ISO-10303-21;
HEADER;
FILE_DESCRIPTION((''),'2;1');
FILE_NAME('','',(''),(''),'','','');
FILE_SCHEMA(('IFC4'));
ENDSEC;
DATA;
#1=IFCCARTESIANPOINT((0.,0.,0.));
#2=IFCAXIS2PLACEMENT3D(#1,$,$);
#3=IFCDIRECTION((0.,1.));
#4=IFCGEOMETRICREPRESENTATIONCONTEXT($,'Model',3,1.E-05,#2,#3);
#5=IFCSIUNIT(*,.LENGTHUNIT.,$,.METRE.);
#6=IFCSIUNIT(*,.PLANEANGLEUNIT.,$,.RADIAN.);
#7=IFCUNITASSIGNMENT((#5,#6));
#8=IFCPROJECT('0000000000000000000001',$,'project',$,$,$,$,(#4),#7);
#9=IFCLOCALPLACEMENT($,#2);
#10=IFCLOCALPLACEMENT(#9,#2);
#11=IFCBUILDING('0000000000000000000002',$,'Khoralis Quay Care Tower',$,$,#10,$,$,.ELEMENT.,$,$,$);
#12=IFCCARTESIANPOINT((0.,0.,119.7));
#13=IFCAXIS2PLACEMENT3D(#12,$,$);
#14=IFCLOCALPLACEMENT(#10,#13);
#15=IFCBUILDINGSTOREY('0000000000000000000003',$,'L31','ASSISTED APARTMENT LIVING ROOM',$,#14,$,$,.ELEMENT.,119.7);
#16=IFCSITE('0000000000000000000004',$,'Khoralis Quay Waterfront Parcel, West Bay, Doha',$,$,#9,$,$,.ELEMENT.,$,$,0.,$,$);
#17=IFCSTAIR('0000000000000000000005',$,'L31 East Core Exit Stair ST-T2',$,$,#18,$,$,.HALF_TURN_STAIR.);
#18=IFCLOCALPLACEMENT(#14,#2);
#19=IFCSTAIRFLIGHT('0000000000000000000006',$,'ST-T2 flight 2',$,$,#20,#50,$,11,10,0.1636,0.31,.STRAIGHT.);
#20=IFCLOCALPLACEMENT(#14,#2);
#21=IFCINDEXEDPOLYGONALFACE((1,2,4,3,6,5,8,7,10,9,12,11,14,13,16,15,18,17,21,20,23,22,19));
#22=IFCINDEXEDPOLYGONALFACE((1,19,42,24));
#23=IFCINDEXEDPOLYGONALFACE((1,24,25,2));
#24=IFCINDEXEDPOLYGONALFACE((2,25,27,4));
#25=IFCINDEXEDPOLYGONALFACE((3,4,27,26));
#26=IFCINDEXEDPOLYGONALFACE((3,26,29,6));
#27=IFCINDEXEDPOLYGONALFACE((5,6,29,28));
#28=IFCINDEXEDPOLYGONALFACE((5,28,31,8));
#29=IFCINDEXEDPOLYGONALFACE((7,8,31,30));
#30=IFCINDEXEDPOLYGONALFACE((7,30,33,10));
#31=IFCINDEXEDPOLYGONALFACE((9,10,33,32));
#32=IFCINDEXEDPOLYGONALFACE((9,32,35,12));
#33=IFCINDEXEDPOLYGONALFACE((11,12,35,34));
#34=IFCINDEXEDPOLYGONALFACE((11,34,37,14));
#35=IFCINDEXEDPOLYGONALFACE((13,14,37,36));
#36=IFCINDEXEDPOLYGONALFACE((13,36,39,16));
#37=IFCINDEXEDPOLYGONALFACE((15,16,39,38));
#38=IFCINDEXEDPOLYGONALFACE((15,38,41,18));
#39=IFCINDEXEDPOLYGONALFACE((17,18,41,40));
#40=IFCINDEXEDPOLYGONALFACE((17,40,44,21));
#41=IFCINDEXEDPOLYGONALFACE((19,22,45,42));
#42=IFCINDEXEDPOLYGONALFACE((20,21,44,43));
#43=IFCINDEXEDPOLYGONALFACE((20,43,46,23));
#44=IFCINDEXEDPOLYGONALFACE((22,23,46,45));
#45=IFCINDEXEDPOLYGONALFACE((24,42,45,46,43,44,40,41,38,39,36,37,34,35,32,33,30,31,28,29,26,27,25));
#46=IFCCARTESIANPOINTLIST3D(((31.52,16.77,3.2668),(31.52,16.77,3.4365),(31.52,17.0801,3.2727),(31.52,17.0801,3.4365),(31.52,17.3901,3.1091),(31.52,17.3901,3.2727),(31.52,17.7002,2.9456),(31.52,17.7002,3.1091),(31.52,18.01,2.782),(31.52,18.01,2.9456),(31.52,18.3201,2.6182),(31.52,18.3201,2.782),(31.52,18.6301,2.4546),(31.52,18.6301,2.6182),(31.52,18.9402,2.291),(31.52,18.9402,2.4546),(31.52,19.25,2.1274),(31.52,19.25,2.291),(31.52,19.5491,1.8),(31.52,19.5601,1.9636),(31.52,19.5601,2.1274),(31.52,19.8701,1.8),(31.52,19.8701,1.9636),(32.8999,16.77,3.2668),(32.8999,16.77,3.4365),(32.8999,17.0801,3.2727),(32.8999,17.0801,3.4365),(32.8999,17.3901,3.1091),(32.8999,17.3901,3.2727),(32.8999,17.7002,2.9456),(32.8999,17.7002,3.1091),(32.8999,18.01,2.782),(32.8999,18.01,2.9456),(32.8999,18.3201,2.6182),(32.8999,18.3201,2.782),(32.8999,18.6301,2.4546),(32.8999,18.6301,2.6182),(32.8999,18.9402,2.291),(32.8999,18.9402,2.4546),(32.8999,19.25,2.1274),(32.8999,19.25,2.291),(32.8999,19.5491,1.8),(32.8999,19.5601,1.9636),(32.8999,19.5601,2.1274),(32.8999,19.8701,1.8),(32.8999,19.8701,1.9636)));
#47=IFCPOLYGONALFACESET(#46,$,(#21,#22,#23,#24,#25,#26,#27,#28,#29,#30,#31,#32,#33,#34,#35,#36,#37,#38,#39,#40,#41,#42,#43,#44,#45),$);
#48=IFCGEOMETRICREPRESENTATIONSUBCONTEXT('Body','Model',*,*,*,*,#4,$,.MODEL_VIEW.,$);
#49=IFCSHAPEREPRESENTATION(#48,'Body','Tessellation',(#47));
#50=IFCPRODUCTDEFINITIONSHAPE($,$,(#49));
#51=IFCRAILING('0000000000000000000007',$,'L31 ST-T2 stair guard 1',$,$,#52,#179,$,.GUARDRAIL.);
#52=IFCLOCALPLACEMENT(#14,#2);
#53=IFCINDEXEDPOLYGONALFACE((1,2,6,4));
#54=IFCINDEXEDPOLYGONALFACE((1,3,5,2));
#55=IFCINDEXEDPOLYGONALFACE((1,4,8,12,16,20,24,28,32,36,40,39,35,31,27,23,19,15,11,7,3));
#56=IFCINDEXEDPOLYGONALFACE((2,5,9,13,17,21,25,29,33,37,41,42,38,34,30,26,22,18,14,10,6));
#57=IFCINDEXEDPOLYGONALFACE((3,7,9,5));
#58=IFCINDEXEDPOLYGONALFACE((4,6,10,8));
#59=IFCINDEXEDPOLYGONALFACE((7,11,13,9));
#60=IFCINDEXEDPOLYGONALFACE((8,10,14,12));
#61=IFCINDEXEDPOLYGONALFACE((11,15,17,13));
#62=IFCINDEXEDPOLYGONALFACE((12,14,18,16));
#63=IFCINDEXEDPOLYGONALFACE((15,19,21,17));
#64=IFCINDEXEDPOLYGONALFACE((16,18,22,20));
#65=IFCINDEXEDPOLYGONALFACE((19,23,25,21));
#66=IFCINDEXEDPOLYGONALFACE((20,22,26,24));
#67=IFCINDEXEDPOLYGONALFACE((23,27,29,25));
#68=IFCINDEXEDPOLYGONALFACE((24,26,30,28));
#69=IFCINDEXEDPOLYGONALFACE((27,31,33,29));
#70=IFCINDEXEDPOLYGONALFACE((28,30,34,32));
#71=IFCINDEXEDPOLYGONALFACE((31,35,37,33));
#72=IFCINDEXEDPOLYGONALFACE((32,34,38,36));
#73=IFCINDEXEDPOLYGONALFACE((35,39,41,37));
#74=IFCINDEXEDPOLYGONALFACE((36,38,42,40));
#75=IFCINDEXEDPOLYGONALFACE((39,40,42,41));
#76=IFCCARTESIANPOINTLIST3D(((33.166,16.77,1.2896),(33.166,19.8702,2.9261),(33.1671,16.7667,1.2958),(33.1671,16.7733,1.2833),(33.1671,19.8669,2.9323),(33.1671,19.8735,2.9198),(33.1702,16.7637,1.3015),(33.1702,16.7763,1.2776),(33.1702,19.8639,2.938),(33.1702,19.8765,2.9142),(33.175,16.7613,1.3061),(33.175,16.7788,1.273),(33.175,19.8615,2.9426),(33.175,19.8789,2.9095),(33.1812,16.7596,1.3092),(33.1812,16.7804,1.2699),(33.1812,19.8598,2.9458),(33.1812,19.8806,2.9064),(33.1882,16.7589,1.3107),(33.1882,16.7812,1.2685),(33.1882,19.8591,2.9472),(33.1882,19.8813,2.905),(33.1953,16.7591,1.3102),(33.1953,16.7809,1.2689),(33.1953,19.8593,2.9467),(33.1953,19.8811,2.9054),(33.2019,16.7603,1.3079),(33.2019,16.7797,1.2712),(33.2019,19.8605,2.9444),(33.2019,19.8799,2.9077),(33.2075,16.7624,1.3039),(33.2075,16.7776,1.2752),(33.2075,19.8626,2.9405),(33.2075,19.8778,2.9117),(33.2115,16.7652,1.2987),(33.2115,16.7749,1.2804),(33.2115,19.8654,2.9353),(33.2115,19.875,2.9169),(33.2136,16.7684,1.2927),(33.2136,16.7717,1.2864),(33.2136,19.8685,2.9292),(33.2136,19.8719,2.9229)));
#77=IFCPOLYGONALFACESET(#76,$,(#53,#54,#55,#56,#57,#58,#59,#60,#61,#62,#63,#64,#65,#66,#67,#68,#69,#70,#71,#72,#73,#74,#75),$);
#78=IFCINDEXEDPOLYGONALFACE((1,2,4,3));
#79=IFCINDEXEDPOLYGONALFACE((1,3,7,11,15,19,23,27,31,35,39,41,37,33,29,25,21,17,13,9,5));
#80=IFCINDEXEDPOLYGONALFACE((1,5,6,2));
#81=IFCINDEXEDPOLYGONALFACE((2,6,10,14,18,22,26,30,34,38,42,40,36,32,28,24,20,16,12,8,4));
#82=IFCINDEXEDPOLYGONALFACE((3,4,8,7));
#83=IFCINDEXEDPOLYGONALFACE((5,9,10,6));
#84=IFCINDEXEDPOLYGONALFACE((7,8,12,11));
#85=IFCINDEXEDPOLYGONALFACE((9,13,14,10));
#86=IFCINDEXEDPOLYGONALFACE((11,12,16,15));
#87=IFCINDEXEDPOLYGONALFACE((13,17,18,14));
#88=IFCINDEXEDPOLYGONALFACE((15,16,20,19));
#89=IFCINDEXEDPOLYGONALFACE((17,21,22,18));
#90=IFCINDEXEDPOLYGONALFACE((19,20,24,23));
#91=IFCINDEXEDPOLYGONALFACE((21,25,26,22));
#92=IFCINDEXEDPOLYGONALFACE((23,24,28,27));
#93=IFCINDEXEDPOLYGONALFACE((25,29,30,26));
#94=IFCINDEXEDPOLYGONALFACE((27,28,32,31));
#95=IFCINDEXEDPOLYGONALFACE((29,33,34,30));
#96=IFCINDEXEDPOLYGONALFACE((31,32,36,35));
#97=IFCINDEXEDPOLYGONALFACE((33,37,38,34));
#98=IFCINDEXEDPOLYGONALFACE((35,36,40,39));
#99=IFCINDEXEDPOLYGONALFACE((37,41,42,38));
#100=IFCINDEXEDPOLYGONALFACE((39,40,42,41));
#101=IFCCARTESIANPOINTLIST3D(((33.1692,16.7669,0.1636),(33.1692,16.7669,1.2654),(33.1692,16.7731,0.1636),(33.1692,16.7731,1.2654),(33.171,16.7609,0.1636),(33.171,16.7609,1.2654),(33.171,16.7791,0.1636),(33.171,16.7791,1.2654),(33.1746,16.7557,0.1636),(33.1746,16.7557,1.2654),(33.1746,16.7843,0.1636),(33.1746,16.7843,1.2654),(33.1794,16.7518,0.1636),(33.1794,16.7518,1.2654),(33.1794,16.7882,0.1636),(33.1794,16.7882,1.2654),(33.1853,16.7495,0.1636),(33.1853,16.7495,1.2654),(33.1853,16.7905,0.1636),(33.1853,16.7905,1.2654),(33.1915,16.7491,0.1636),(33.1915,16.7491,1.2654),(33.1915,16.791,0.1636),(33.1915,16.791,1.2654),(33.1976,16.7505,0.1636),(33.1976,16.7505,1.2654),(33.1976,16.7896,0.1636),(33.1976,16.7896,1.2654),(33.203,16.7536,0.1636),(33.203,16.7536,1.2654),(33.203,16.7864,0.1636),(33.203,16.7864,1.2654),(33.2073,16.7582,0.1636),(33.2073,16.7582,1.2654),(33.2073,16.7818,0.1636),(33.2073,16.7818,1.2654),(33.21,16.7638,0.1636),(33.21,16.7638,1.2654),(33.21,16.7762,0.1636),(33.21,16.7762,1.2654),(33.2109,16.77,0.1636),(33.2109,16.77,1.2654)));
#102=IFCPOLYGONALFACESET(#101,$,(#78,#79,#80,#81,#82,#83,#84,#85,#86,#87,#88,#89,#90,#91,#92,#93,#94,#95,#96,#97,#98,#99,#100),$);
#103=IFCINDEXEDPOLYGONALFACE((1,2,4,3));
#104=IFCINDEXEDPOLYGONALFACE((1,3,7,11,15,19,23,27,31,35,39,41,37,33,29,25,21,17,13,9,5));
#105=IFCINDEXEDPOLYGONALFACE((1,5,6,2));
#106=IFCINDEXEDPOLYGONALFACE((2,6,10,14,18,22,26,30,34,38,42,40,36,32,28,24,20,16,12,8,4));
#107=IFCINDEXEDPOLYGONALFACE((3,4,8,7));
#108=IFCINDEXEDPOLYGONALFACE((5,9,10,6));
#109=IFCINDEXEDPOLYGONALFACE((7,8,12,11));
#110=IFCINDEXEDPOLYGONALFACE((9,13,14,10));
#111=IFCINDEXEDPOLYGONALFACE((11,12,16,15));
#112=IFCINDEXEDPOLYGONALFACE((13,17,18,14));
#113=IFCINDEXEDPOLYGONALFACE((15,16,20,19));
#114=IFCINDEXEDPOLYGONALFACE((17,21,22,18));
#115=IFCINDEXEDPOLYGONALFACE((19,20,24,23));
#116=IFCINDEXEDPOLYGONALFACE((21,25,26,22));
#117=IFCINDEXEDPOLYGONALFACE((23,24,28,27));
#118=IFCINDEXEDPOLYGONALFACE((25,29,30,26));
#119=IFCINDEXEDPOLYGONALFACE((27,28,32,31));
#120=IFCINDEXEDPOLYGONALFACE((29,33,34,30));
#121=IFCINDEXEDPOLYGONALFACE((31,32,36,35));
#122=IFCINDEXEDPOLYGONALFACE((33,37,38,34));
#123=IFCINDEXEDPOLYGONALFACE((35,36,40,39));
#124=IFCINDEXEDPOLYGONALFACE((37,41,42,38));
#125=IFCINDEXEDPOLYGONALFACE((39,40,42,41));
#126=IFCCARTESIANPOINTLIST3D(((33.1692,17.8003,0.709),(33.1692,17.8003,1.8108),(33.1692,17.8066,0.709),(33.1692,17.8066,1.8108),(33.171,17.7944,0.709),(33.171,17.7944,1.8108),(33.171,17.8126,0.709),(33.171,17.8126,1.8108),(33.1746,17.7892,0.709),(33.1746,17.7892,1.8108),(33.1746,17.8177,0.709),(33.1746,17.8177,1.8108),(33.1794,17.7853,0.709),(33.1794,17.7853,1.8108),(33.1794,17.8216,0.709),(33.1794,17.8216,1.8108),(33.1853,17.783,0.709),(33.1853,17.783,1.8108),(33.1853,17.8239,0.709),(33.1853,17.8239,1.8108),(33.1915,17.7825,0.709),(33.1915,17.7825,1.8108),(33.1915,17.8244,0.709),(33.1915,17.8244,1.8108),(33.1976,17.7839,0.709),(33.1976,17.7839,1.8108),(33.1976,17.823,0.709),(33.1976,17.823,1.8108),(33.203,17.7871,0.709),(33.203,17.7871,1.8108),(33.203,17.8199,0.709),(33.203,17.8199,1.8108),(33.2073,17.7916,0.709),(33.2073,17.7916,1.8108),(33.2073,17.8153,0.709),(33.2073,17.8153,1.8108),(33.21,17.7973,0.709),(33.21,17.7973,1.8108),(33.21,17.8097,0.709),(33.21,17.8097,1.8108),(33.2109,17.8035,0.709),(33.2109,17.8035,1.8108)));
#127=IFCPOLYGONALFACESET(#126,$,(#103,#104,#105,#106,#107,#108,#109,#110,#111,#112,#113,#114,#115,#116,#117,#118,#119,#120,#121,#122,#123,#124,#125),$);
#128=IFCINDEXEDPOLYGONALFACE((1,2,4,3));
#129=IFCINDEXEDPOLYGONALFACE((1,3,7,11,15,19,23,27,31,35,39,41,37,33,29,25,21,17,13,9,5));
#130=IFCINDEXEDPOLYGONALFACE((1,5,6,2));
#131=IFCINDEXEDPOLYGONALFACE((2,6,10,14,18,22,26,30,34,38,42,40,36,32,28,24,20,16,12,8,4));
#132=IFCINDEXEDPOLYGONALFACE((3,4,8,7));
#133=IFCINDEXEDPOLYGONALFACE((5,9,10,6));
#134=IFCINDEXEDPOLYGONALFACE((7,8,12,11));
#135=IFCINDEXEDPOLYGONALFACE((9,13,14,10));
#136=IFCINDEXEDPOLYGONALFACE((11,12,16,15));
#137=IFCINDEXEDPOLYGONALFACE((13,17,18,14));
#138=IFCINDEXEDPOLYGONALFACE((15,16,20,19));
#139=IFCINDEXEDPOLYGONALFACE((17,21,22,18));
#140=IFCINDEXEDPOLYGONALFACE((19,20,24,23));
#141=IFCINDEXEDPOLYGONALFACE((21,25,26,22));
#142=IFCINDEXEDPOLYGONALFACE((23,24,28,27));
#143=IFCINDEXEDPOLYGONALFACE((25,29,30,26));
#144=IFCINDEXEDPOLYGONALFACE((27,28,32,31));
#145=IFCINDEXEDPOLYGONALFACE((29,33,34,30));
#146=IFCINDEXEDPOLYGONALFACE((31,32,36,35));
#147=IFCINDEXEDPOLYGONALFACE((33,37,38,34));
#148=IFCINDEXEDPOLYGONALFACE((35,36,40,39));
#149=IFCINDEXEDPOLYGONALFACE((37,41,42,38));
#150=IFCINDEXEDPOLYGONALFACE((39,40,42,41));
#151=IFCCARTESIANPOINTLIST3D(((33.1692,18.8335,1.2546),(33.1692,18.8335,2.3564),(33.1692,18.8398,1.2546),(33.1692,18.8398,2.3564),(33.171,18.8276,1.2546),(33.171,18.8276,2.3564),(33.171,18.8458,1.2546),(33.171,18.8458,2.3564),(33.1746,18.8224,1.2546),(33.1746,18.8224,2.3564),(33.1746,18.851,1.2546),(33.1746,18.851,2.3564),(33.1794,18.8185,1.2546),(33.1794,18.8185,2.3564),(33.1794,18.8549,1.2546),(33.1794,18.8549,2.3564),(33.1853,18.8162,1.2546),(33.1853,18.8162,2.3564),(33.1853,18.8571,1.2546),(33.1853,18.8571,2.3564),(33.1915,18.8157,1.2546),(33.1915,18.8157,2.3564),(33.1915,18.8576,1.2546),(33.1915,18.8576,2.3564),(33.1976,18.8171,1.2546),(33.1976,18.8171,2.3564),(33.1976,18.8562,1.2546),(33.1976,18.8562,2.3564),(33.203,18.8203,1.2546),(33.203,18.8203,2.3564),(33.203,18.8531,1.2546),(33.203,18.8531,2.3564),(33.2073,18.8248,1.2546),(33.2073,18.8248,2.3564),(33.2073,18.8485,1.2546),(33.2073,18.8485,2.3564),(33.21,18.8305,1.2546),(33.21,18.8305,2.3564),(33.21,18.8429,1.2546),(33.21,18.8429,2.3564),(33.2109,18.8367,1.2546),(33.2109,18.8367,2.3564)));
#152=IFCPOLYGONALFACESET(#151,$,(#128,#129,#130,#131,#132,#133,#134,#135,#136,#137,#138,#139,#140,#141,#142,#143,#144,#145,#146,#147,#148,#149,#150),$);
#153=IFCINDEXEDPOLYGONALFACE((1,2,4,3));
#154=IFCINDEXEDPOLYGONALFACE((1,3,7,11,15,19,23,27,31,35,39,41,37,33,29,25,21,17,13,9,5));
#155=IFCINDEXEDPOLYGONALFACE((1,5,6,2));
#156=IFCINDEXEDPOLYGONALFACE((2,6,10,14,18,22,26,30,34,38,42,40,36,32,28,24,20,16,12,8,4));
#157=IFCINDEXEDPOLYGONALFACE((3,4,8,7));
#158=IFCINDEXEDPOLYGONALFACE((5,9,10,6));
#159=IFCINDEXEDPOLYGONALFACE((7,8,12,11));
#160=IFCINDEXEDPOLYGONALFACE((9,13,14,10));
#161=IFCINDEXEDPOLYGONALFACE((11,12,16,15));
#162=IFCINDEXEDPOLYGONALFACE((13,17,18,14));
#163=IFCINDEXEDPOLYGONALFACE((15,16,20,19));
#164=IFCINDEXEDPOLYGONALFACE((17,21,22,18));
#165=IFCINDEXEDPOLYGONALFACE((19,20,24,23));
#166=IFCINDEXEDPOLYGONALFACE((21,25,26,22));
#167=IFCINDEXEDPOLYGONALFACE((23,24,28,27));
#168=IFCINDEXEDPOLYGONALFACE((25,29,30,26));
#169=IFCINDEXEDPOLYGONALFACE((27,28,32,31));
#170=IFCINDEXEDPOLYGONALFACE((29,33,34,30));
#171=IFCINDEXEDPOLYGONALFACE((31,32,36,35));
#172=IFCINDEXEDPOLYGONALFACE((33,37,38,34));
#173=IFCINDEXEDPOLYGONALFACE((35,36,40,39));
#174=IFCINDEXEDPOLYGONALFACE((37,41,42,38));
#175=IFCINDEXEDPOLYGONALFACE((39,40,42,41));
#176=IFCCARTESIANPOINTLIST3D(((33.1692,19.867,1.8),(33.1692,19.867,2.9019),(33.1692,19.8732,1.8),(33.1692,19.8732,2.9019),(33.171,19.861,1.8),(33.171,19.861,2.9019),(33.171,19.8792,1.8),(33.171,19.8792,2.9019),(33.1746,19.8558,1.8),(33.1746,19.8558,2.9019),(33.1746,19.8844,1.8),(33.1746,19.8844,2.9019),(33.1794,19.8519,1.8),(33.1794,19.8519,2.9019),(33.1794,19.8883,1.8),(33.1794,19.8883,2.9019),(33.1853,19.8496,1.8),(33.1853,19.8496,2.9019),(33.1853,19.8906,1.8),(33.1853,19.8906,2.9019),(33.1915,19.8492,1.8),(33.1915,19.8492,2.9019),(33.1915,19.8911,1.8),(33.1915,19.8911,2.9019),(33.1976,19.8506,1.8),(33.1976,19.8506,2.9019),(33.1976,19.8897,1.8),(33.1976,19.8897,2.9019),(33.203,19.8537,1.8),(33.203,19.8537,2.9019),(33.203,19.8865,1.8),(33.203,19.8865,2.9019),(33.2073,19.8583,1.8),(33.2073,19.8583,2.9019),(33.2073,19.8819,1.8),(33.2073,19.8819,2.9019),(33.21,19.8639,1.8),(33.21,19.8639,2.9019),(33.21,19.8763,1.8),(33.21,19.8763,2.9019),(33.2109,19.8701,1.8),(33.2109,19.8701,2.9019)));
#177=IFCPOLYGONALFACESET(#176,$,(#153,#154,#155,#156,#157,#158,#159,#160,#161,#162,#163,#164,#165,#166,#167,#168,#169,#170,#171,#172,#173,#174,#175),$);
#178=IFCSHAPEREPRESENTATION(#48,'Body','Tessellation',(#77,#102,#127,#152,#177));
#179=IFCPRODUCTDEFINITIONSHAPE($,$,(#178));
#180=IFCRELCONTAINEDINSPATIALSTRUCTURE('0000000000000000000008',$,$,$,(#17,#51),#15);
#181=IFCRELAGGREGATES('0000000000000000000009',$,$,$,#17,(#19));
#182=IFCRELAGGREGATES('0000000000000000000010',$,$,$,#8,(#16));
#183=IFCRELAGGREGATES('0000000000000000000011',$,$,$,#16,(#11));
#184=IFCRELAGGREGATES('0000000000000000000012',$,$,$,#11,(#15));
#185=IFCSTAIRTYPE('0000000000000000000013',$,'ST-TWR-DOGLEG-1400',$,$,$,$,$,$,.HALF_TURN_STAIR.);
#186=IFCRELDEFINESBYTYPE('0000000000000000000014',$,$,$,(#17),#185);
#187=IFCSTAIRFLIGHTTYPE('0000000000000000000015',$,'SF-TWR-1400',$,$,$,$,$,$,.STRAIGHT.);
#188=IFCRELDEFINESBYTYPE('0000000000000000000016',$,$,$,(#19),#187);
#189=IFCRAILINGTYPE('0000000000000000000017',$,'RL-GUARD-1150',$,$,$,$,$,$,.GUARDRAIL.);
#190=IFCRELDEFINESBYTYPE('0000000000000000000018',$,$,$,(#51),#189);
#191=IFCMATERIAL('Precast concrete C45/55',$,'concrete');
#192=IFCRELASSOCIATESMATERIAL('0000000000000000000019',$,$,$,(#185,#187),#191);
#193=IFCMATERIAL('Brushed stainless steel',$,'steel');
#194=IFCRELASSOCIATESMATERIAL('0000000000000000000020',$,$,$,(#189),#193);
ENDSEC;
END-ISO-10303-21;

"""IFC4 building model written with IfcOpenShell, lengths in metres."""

from ifc_helpers import new_model, si_unit, direction, frame, origin, origin_2d, place, context, subcontext, project, spatial, polyline, circle, outline, extrude, source, transform, mapped, material, type_object, element, aggregate, save


model = new_model("IFC4")

# Units and contexts
model_context = context("Model", 3, precision=1e-05, world=origin(), true_north=direction((0.0, 1.0)))
body_context = subcontext(model_context, "Body", "Model", "MODEL_VIEW")
ifc_project = project(units=[si_unit("LENGTHUNIT", "METRE"), si_unit("PLANEANGLEUNIT", "RADIAN")], contexts=[model_context])

# Site, building, storey
site_placement = place(None, origin())
site = spatial("IfcSite", under=ifc_project, at=site_placement, Name="Khoralis Quay Waterfront Parcel, West Bay, Doha", CompositionType="ELEMENT", RefElevation=0.0)
building_placement = place(site_placement, origin())
building = spatial("IfcBuilding", under=site, at=building_placement, Name="Khoralis Quay Care Tower", CompositionType="ELEMENT")
storey_placement = place(building_placement, frame((0.0, 0.0, 119.7)))
storey = spatial("IfcBuildingStorey", under=building, at=storey_placement, Name="L31", Description="ASSISTED APARTMENT LIVING ROOM", CompositionType="ELEMENT", Elevation=119.7)

# Stair, stair flight
ifc_material_1 = material(Name="Precast concrete C45/55", Category="concrete")
stair_type = type_object("IfcStairType", Name="ST-TWR-DOGLEG-1400", PredefinedType="HALF_TURN_STAIR", material=ifc_material_1)
stair_placement = place(storey_placement, origin())
stair = element("IfcStair", 1, at=stair_placement, inside=storey, type_object=stair_type, Name="L31 East Core Exit Stair ST-T2", PredefinedType="HALF_TURN_STAIR")
stair_flight_type = type_object("IfcStairFlightType", Name="SF-TWR-1400", PredefinedType="STRAIGHT", material=ifc_material_1)
shared_shape_1 = source(origin(), body_context, "Body", "SweptSolid", [
    extrude(outline(polyline([(0.0, 0.0), (0.0, 0.1636), (0.3101, 0.1636), (0.3101, 0.3274), (0.6201, 0.3274), (0.6201, 0.491), (0.9299, 0.491), (0.9299, 0.6545), (1.24, 0.6545), (1.24, 0.8181), (1.55, 0.8181), (1.55, 0.9819), (1.8601, 0.9819), (1.8601, 1.1455), (2.1699, 1.1455), (2.1699, 1.3091), (2.48, 1.3091), (2.48, 1.4727), (2.79, 1.4727), (2.79, 1.6365), (3.1001, 1.6365), (3.1001, 1.8), (3.1001, 1.4668), (0.321, 0.0), (0.0, 0.0)])), frame((0.0, 0.6899, 0.0), z_axis=(0.0, -1.0, 0.0), x_axis=(1.0, 0.0, 0.0)), (0.0, 0.0, 1.0), 1.3799),
])
stair_flight_1_placement = place(storey_placement, frame((32.21, 19.8701, 1.8), z_axis=(0.0, 0.0, 1.0), x_axis=(0.0, -1.0, 0.0)))
stair_flight_1 = element("IfcStairFlight", 2, at=stair_flight_1_placement, type_object=stair_flight_type, Name="ST-T2 flight 2", NumberOfRisers=11, NumberOfTreads=10, PredefinedType="STRAIGHT", RiserHeight=0.1636, TreadLength=0.31, context=body_context, shape_type="MappedRepresentation", body=[
    mapped(shared_shape_1, transform((0.0, 0.0, 0.0), scale=1.0)),
])
aggregate(stair, [stair_flight_1])

# Railing
ifc_material_2 = material(Name="Brushed stainless steel", Category="steel")
railing_type_1 = type_object("IfcRailingType", Name="RL-GUARD-1150", PredefinedType="GUARDRAIL", material=ifc_material_2)
railing_1_placement = place(storey_placement, frame((33.1899, 16.77, 0.1636)))
element("IfcRailing", 3, at=railing_1_placement, inside=storey, type_object=railing_type_1, Name="L31 ST-T2 stair guard 1", PredefinedType="GUARDRAIL", context=body_context, shape_type="SweptSolid", body=[
    extrude(circle(Radius=0.0239, at=origin_2d()), frame((0.0, 0.0, 1.126), z_axis=(0.0, 0.884348, 0.466828), x_axis=(-1.0, 0.0, 0.0)), (0.0, 0.0, 1.0), 3.5056),
    extrude(circle(Radius=0.021, at=origin_2d()), origin(), (0.0, 0.0, 1.0), 1.1018),
    extrude(circle(Radius=0.021, at=origin_2d()), frame((0.0, 1.0334, 0.5454)), (0.0, 0.0, 1.0), 1.1018),
    extrude(circle(Radius=0.021, at=origin_2d()), frame((0.0, 2.0667, 1.0911)), (0.0, 0.0, 1.0), 1.1018),
    extrude(circle(Radius=0.021, at=origin_2d()), frame((0.0, 3.1001, 1.6365)), (0.0, 0.0, 1.0), 1.1018),
])

save(model, "model.ifc")
